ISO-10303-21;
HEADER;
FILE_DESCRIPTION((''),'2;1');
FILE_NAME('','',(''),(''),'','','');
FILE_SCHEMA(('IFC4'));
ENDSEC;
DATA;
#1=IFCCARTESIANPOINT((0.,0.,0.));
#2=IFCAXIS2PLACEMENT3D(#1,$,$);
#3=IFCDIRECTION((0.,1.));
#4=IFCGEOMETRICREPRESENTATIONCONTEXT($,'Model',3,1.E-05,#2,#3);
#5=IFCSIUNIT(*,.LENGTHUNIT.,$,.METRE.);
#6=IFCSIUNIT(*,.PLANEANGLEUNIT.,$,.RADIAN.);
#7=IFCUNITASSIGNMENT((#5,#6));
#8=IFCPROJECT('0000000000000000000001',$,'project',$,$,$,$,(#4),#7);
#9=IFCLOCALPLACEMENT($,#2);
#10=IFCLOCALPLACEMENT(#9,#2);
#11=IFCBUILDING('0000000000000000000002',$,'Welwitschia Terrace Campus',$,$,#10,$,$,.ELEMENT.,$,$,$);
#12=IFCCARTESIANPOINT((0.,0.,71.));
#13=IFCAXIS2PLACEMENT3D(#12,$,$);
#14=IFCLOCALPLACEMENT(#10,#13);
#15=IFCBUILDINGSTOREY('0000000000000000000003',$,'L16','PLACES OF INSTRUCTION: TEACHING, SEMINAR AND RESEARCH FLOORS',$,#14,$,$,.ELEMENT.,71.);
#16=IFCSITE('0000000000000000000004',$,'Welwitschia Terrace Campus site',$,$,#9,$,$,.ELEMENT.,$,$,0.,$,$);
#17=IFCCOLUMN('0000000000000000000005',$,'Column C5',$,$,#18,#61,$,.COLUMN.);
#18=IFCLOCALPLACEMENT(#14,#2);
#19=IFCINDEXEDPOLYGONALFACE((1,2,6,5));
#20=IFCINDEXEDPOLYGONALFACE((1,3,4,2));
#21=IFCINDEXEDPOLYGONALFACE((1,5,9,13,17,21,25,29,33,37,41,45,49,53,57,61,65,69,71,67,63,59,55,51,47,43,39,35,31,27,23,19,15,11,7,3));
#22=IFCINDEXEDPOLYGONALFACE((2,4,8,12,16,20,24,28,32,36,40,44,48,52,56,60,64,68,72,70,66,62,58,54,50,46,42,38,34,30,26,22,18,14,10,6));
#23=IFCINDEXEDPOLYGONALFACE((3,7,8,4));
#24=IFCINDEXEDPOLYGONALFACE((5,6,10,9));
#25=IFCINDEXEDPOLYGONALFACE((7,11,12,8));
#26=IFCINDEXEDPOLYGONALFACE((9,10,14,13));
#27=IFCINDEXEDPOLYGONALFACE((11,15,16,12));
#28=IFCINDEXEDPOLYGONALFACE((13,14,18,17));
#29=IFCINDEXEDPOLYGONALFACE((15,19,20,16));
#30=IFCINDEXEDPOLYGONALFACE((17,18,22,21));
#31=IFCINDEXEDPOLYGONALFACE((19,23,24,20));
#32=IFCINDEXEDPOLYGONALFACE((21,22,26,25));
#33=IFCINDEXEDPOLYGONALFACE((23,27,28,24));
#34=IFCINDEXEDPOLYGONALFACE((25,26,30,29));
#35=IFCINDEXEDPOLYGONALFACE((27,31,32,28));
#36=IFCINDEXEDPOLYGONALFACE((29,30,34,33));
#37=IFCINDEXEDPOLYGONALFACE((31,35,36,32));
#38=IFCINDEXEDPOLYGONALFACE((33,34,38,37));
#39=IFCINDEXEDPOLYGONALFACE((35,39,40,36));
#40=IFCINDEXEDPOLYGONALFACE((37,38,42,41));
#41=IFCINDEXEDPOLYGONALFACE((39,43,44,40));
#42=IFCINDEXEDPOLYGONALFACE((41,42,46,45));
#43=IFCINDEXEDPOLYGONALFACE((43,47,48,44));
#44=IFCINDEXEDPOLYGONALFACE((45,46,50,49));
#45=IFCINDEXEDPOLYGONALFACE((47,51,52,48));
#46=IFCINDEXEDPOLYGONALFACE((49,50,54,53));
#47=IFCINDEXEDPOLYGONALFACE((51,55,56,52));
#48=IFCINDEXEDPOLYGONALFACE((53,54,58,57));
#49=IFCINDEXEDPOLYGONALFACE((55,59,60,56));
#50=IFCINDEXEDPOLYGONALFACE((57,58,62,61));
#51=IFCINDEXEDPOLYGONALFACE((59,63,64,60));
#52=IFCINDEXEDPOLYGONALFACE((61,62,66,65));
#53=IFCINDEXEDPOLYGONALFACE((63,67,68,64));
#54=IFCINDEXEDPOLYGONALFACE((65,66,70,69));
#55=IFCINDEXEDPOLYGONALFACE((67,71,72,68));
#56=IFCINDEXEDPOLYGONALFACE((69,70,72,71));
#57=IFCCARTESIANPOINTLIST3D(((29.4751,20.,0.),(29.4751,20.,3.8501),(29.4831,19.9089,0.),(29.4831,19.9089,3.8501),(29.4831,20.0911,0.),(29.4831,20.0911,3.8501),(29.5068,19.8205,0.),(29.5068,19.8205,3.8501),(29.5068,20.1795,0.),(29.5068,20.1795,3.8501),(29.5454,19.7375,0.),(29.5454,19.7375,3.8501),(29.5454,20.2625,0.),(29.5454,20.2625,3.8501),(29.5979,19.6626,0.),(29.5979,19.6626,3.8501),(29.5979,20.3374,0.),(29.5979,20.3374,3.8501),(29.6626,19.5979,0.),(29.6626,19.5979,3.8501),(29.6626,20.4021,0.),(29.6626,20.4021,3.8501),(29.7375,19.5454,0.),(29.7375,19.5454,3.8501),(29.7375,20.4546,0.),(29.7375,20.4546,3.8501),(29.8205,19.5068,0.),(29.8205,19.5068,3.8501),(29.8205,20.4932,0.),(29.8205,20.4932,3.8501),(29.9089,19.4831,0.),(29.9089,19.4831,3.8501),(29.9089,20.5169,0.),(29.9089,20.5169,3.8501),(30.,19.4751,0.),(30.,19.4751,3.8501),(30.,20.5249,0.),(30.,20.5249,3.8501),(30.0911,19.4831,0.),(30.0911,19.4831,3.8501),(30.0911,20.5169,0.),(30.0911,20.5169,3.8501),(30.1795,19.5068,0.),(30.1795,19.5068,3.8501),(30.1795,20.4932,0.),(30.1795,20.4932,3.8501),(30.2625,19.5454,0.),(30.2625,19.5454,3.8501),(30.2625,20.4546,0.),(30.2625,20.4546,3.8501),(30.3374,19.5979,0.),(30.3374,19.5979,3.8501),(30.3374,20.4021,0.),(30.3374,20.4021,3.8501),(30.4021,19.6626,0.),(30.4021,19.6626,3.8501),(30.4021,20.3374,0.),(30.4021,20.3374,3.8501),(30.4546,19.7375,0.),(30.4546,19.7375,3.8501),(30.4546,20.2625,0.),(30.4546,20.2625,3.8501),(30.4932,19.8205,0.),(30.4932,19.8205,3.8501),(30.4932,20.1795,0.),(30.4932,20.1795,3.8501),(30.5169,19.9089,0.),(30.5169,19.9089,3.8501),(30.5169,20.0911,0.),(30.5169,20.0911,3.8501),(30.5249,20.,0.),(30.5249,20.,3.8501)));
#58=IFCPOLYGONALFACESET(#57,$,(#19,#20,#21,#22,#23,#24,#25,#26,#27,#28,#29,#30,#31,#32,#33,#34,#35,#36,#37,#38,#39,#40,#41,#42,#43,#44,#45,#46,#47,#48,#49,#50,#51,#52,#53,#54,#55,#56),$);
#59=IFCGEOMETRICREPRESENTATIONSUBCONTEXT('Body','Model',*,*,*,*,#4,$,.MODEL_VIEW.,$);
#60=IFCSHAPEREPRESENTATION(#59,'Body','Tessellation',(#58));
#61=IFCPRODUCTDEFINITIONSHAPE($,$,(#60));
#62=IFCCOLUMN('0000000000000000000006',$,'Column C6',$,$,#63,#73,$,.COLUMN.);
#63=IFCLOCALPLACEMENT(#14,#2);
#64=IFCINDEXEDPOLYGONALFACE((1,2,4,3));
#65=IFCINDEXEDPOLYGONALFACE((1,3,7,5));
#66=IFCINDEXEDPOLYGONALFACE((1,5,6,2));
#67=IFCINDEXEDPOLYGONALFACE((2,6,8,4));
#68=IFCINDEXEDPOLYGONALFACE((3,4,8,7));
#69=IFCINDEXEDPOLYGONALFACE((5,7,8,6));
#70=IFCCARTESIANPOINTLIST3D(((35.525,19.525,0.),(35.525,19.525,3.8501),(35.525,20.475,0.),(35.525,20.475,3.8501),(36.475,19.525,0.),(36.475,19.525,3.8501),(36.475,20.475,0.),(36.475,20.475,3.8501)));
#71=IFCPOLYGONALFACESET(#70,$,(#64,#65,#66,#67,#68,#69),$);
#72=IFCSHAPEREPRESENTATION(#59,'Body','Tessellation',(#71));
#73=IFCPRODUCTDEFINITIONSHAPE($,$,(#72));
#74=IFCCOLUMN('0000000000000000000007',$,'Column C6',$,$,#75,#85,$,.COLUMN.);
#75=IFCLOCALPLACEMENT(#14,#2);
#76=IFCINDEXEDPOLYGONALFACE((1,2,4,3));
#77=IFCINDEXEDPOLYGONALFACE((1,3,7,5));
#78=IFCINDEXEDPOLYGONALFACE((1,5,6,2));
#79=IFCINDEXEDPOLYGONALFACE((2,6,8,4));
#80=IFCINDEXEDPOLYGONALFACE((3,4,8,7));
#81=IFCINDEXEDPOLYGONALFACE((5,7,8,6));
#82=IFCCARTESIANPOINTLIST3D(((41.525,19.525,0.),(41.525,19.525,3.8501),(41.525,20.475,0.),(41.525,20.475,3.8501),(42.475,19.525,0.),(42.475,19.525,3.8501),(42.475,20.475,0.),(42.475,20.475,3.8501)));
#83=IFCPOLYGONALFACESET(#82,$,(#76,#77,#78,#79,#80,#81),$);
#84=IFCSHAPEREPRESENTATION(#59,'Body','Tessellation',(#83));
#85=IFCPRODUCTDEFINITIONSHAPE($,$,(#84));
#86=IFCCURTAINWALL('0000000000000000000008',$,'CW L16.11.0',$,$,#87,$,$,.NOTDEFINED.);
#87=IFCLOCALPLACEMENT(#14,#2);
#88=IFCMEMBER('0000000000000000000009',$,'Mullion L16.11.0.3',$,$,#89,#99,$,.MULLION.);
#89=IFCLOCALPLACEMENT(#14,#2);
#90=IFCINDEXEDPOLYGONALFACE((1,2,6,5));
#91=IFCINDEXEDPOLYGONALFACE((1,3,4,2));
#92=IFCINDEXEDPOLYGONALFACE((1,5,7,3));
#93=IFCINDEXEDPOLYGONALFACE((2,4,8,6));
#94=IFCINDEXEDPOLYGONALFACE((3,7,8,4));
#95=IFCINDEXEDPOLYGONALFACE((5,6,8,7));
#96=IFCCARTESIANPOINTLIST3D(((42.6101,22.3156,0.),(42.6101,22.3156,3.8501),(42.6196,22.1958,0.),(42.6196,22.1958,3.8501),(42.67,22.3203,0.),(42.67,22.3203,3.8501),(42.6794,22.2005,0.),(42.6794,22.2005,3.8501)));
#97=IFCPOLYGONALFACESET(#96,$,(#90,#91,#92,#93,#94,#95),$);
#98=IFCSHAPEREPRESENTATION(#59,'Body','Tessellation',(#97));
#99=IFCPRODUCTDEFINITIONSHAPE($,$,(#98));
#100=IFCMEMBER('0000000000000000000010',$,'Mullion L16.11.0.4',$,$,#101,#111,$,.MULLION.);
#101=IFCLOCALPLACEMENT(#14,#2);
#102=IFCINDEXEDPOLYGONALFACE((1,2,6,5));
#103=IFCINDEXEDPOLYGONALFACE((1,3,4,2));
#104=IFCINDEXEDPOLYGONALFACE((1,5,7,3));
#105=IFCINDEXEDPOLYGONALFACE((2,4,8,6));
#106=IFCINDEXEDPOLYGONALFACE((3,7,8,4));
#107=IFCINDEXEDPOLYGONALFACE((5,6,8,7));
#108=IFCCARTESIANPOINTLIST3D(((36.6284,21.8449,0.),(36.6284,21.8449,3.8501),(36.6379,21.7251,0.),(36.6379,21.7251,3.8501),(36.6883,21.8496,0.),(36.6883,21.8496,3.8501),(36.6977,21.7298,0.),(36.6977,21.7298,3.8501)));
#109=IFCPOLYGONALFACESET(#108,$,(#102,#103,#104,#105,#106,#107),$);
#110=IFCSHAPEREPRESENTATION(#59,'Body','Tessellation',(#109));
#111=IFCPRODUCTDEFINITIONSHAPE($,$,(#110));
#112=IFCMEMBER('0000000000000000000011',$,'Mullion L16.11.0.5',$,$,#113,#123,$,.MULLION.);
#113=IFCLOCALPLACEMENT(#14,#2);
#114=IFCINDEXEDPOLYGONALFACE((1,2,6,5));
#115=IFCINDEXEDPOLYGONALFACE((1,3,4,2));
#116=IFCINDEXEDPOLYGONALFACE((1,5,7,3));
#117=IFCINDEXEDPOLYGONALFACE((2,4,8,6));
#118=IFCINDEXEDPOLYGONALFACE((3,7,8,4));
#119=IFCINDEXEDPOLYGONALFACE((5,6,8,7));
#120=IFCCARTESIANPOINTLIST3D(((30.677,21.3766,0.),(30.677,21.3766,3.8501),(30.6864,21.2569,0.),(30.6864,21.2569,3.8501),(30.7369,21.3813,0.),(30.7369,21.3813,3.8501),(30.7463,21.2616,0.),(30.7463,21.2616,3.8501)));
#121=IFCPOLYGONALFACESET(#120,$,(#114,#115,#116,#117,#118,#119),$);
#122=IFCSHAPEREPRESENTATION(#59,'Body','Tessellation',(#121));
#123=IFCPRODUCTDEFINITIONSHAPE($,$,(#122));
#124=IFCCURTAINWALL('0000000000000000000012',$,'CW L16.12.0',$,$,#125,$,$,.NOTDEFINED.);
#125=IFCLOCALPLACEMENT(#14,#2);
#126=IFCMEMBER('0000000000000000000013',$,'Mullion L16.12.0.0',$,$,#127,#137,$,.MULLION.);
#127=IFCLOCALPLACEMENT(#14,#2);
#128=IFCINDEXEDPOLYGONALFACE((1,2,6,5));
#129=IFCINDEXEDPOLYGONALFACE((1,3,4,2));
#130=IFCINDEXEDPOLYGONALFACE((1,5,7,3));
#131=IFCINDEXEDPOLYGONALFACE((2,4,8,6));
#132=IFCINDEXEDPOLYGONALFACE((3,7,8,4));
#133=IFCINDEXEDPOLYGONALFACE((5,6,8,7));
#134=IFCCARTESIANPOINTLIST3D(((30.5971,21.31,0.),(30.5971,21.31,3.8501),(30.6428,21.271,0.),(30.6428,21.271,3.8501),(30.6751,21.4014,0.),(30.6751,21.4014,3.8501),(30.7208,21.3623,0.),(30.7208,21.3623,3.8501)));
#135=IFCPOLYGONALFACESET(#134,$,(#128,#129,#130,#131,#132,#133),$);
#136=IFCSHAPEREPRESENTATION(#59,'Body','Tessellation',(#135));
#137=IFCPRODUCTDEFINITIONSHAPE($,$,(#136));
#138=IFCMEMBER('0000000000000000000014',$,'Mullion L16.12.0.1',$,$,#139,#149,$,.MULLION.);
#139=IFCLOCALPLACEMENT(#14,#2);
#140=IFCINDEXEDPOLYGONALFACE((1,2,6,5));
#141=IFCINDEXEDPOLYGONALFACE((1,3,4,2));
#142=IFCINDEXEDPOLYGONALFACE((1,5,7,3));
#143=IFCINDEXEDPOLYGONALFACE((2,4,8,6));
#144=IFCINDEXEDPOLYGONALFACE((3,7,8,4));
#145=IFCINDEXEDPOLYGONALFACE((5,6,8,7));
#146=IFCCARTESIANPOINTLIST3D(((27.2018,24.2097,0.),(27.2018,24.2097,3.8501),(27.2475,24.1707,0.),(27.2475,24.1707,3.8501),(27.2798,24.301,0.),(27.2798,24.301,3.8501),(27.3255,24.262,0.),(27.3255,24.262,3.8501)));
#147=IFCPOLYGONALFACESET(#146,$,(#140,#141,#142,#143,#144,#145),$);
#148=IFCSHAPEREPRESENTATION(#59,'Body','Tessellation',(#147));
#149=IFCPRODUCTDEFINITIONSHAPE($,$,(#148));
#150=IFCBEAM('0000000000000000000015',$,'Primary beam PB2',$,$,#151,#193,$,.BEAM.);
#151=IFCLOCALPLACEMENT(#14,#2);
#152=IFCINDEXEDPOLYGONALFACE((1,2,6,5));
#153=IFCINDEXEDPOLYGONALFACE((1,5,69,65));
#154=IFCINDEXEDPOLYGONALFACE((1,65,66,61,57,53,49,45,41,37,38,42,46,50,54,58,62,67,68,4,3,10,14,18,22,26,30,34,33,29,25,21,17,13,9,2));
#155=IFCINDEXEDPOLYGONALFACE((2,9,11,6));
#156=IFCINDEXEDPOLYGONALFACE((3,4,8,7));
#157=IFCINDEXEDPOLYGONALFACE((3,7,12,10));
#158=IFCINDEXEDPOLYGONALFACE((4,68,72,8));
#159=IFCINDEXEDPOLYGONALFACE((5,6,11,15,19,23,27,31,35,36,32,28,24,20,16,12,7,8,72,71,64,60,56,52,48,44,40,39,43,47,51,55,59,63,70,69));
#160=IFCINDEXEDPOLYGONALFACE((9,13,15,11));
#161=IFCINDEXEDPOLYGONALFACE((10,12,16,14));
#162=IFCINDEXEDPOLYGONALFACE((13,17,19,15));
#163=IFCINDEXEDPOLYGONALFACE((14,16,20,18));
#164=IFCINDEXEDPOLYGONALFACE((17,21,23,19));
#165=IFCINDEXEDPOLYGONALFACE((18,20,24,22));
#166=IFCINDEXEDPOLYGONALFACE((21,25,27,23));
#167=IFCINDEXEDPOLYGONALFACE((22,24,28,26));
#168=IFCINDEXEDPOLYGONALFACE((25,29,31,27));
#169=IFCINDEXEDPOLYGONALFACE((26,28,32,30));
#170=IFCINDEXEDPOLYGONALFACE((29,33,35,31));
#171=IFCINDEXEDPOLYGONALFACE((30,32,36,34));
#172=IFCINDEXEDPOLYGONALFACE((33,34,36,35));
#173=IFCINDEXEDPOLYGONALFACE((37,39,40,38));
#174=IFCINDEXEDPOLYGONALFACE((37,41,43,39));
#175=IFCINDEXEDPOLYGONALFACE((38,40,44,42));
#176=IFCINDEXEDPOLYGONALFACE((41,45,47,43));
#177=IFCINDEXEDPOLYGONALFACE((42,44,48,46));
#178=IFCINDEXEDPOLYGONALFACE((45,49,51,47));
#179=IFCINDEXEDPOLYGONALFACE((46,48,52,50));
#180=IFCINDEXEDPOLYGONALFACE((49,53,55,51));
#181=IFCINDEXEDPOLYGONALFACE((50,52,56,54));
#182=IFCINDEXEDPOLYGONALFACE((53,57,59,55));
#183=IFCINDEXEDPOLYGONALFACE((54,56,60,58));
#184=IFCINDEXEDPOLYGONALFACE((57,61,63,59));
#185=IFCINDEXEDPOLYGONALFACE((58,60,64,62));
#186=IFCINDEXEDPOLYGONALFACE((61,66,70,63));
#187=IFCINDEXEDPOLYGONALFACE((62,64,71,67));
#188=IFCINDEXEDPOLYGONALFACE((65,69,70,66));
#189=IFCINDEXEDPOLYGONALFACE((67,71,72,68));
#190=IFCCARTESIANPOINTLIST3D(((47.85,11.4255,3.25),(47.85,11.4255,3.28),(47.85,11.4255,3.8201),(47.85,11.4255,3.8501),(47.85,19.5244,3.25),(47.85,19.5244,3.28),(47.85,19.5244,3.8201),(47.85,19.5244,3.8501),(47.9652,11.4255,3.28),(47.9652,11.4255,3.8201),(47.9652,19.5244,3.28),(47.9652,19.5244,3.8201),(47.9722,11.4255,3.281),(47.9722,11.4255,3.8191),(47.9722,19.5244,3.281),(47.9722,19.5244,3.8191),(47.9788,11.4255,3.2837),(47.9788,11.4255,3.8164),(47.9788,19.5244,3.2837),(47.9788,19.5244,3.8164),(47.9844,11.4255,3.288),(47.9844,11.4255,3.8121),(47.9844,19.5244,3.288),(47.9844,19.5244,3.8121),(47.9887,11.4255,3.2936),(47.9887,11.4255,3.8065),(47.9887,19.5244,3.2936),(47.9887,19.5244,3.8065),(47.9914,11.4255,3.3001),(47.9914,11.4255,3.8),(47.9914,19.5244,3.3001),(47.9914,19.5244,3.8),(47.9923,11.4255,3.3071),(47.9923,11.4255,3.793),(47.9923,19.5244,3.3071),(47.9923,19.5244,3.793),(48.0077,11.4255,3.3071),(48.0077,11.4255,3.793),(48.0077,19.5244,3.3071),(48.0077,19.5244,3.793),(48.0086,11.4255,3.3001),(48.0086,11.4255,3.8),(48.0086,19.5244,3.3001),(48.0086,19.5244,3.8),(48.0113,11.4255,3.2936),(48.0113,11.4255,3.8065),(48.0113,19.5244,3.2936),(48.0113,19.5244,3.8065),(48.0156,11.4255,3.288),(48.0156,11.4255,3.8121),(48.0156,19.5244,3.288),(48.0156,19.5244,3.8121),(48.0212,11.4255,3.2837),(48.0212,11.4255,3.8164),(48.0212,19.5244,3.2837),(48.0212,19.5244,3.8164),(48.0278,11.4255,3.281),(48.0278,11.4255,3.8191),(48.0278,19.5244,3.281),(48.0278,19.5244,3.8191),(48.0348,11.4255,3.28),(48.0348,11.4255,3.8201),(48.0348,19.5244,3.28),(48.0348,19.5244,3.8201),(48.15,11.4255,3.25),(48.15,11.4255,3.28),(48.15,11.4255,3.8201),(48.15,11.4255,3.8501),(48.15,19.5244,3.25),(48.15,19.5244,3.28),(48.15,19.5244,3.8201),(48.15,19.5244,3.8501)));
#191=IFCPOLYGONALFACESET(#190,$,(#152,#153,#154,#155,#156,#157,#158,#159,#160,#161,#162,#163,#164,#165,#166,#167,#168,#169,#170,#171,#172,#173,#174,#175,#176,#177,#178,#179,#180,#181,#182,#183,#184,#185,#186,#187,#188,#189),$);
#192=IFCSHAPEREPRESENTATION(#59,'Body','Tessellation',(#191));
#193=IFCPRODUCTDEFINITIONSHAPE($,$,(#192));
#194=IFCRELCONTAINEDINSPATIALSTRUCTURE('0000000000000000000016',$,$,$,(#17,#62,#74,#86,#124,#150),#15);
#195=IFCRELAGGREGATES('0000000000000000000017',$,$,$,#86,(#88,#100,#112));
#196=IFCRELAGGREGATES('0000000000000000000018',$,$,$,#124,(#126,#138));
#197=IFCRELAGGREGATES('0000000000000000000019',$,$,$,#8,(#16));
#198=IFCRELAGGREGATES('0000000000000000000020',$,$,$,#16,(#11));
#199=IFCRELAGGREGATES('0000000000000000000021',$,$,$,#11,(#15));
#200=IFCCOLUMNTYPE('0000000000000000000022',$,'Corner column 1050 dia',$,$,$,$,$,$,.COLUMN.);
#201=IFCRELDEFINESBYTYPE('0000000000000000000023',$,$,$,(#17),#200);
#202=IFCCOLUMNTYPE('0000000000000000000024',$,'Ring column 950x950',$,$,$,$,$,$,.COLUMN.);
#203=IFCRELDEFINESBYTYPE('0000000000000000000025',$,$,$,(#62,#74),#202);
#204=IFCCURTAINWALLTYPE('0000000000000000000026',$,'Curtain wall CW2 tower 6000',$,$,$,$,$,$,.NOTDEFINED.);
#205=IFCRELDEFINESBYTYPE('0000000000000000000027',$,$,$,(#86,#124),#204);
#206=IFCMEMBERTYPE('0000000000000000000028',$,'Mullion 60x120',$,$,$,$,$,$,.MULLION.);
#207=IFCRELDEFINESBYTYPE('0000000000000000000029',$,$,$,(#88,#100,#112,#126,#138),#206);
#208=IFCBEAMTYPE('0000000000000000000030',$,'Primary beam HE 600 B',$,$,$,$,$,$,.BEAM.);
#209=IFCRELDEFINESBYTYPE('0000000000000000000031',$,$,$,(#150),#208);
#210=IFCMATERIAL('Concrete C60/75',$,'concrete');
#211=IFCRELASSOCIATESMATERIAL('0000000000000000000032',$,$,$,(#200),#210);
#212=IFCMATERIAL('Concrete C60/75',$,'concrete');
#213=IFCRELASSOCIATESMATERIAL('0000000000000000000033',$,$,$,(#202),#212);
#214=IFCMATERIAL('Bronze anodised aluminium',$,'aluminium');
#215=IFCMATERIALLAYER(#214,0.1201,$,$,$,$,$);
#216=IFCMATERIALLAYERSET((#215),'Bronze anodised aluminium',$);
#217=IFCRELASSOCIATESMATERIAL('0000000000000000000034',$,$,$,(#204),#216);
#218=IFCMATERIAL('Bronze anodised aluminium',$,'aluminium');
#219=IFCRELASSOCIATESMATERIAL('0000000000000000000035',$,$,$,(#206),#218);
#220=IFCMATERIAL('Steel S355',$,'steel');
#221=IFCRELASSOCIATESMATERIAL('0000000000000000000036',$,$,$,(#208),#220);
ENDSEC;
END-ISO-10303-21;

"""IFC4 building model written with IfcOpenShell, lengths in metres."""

from ifc_helpers import new_model, si_unit, direction, frame, origin, origin_2d, place, context, subcontext, project, spatial, rectangle, circle, i_section, extrude, material, layer, layer_set, material_profile, profile_set, type_object, element, aggregate, save


model = new_model("IFC4")

# Units and contexts
model_context = context("Model", 3, precision=1e-05, world=origin(), true_north=direction((0.0, 1.0)))
body_context = subcontext(model_context, "Body", "Model", "MODEL_VIEW")
ifc_project = project(units=[si_unit("LENGTHUNIT", "METRE"), si_unit("PLANEANGLEUNIT", "RADIAN")], contexts=[model_context])

# Site, building, storey
site_placement = place(None, origin())
site = spatial("IfcSite", under=ifc_project, at=site_placement, Name="Welwitschia Terrace Campus site", CompositionType="ELEMENT", RefElevation=0.0)
building_placement = place(site_placement, origin())
building = spatial("IfcBuilding", under=site, at=building_placement, Name="Welwitschia Terrace Campus", CompositionType="ELEMENT")
storey_placement = place(building_placement, frame((0.0, 0.0, 71.0)))
storey = spatial("IfcBuildingStorey", under=building, at=storey_placement, Name="L16", Description="PLACES OF INSTRUCTION: TEACHING, SEMINAR AND RESEARCH FLOORS", CompositionType="ELEMENT", Elevation=71.0)

# Columns
ifc_material_1 = material(Name="Concrete C60/75", Category="concrete")
ifc_material_profile_1 = material_profile(ifc_material_1, circle(Radius=0.5249, at=origin_2d()))
ifc_profile_set_1 = profile_set([ifc_material_profile_1], Name="Concrete C60/75")
column_type_1 = type_object("IfcColumnType", Name="Corner column 1050 dia", PredefinedType="COLUMN", material=ifc_profile_set_1)
column_placement = place(storey_placement, frame((30.0, 20.0, 0.0), z_axis=(0.0, 0.0, 1.0), x_axis=(1.0, 0.0, 0.0)))
element("IfcColumn", 1, at=column_placement, inside=storey, type_object=column_type_1, Name="Column C5", PredefinedType="COLUMN", context=body_context, shape_type="SweptSolid", body=[
    extrude(circle(Radius=0.5249, at=origin_2d()), origin(), (0.0, 0.0, 1.0), 3.8501),
])
ifc_material_2 = material(Name="Concrete C60/75", Category="concrete")
ifc_material_profile_2 = material_profile(ifc_material_2, rectangle(XDim=0.95, YDim=0.95, at=origin_2d()))
ifc_profile_set_2 = profile_set([ifc_material_profile_2], Name="Concrete C60/75")
column_type_2 = type_object("IfcColumnType", Name="Ring column 950x950", PredefinedType="COLUMN", material=ifc_profile_set_2)
for number, where, z_axis, x_axis, name in (
    (2, (36.0, 20.0, 0.0), (0.0, 0.0, 1.0), (1.0, 0.0, 0.0), "Column C6"),
    (3, (42.0, 20.0, 0.0), (0.0, 0.0, 1.0), (1.0, 0.0, 0.0), "Column C6"),
):
    element("IfcColumn", number, at=place(storey_placement, frame(where, z_axis=z_axis, x_axis=x_axis)), inside=storey, type_object=column_type_2, Name=name, PredefinedType="COLUMN", context=body_context, shape_type="SweptSolid", body=[
        extrude(rectangle(XDim=0.95, YDim=0.95, at=origin_2d()), origin(), (0.0, 0.0, 1.0), 3.8501),
    ])

# Curtain walls, members
ifc_material_3 = material(Name="Bronze anodised aluminium", Category="aluminium")
ifc_layer_1 = layer(ifc_material_3, 0.1201)
ifc_layer_set_1 = layer_set([ifc_layer_1], Name="Bronze anodised aluminium")
curtain_wall_type = type_object("IfcCurtainWallType", Name="Curtain wall CW2 tower 6000", PredefinedType="NOTDEFINED", material=ifc_layer_set_1)
curtain_wall_1_placement = place(storey_placement, origin())
curtain_wall_1 = element("IfcCurtainWall", 4, at=curtain_wall_1_placement, inside=storey, type_object=curtain_wall_type, Name="CW L16.11.0", PredefinedType="NOTDEFINED")
ifc_material_4 = material(Name="Bronze anodised aluminium", Category="aluminium")
ifc_material_profile_3 = material_profile(ifc_material_4, rectangle(XDim=0.1201, YDim=0.0601, at=origin_2d()))
ifc_profile_set_3 = profile_set([ifc_material_profile_3], Name="Bronze anodised aluminium")
member_type_1 = type_object("IfcMemberType", Name="Mullion 60x120", PredefinedType="MULLION", material=ifc_profile_set_3)
member_1_placement = place(storey_placement, frame((42.6448, 22.2581, 0.0), z_axis=(0.0, 0.0, 1.0), x_axis=(0.078459, -0.996917, 0.0)))
member_1 = element("IfcMember", 5, at=member_1_placement, type_object=member_type_1, Name="Mullion L16.11.0.3", PredefinedType="MULLION", context=body_context, shape_type="SweptSolid", body=[
    extrude(rectangle(XDim=0.1201, YDim=0.0601, at=origin_2d()), origin(), (0.0, 0.0, 1.0), 3.8501),
])
member_2_placement = place(storey_placement, frame((36.6631, 21.7874, 0.0), z_axis=(0.0, 0.0, 1.0), x_axis=(0.078459, -0.996917, 0.0)))
member_2 = element("IfcMember", 6, at=member_2_placement, type_object=member_type_1, Name="Mullion L16.11.0.4", PredefinedType="MULLION", context=body_context, shape_type="SweptSolid", body=[
    extrude(rectangle(XDim=0.1201, YDim=0.0601, at=origin_2d()), origin(), (0.0, 0.0, 1.0), 3.8501),
])
member_3_placement = place(storey_placement, frame((30.7117, 21.3191, 0.0), z_axis=(0.0, 0.0, 1.0), x_axis=(0.078459, -0.996917, 0.0)))
member_3 = element("IfcMember", 7, at=member_3_placement, type_object=member_type_1, Name="Mullion L16.11.0.5", PredefinedType="MULLION", context=body_context, shape_type="SweptSolid", body=[
    extrude(rectangle(XDim=0.1201, YDim=0.0601, at=origin_2d()), origin(), (0.0, 0.0, 1.0), 3.8501),
])
curtain_wall_2_placement = place(storey_placement, origin())
curtain_wall_2 = element("IfcCurtainWall", 8, at=curtain_wall_2_placement, inside=storey, type_object=curtain_wall_type, Name="CW L16.12.0", PredefinedType="NOTDEFINED")
member_4_placement = place(storey_placement, frame((30.6589, 21.3362, 0.0), z_axis=(0.0, 0.0, 1.0), x_axis=(-0.649448, -0.760406, 0.0)))
member_4 = element("IfcMember", 9, at=member_4_placement, type_object=member_type_1, Name="Mullion L16.12.0.0", PredefinedType="MULLION", context=body_context, shape_type="SweptSolid", body=[
    extrude(rectangle(XDim=0.1201, YDim=0.0601, at=origin_2d()), origin(), (0.0, 0.0, 1.0), 3.8501),
])
member_5_placement = place(storey_placement, frame((27.2637, 24.2358, 0.0), z_axis=(0.0, 0.0, 1.0), x_axis=(-0.649448, -0.760406, 0.0)))
member_5 = element("IfcMember", 10, at=member_5_placement, type_object=member_type_1, Name="Mullion L16.12.0.1", PredefinedType="MULLION", context=body_context, shape_type="SweptSolid", body=[
    extrude(rectangle(XDim=0.1201, YDim=0.0601, at=origin_2d()), origin(), (0.0, 0.0, 1.0), 3.8501),
])

# Beam
ifc_material_5 = material(Name="Steel S355", Category="steel")
ifc_material_profile_4 = material_profile(ifc_material_5, i_section(OverallWidth=0.3, OverallDepth=0.6001, WebThickness=0.0154, FlangeThickness=0.03, FilletRadius=0.0271, at=origin_2d()))
ifc_profile_set_4 = profile_set([ifc_material_profile_4], Name="Steel S355")
beam_type_1 = type_object("IfcBeamType", Name="Primary beam HE 600 B", PredefinedType="BEAM", material=ifc_profile_set_4)
for number, where, z_axis, x_axis, name in (
    (11, (48.0, 19.5244, 3.55), (0.0, -1.0, 0.0), (1.0, 0.0, 0.0), "Primary beam PB2"),
):
    element("IfcBeam", number, at=place(storey_placement, frame(where, z_axis=z_axis, x_axis=x_axis)), inside=storey, type_object=beam_type_1, Name=name, PredefinedType="BEAM", context=body_context, shape_type="SweptSolid", body=[
        extrude(i_section(OverallWidth=0.3, OverallDepth=0.6001, WebThickness=0.0154, FlangeThickness=0.03, FilletRadius=0.0271, at=origin_2d()), origin(), (0.0, 0.0, 1.0), 8.0989),
    ])

aggregate(curtain_wall_1, [member_1, member_2, member_3])
aggregate(curtain_wall_2, [member_4, member_5])

save(model, "model.ifc")
